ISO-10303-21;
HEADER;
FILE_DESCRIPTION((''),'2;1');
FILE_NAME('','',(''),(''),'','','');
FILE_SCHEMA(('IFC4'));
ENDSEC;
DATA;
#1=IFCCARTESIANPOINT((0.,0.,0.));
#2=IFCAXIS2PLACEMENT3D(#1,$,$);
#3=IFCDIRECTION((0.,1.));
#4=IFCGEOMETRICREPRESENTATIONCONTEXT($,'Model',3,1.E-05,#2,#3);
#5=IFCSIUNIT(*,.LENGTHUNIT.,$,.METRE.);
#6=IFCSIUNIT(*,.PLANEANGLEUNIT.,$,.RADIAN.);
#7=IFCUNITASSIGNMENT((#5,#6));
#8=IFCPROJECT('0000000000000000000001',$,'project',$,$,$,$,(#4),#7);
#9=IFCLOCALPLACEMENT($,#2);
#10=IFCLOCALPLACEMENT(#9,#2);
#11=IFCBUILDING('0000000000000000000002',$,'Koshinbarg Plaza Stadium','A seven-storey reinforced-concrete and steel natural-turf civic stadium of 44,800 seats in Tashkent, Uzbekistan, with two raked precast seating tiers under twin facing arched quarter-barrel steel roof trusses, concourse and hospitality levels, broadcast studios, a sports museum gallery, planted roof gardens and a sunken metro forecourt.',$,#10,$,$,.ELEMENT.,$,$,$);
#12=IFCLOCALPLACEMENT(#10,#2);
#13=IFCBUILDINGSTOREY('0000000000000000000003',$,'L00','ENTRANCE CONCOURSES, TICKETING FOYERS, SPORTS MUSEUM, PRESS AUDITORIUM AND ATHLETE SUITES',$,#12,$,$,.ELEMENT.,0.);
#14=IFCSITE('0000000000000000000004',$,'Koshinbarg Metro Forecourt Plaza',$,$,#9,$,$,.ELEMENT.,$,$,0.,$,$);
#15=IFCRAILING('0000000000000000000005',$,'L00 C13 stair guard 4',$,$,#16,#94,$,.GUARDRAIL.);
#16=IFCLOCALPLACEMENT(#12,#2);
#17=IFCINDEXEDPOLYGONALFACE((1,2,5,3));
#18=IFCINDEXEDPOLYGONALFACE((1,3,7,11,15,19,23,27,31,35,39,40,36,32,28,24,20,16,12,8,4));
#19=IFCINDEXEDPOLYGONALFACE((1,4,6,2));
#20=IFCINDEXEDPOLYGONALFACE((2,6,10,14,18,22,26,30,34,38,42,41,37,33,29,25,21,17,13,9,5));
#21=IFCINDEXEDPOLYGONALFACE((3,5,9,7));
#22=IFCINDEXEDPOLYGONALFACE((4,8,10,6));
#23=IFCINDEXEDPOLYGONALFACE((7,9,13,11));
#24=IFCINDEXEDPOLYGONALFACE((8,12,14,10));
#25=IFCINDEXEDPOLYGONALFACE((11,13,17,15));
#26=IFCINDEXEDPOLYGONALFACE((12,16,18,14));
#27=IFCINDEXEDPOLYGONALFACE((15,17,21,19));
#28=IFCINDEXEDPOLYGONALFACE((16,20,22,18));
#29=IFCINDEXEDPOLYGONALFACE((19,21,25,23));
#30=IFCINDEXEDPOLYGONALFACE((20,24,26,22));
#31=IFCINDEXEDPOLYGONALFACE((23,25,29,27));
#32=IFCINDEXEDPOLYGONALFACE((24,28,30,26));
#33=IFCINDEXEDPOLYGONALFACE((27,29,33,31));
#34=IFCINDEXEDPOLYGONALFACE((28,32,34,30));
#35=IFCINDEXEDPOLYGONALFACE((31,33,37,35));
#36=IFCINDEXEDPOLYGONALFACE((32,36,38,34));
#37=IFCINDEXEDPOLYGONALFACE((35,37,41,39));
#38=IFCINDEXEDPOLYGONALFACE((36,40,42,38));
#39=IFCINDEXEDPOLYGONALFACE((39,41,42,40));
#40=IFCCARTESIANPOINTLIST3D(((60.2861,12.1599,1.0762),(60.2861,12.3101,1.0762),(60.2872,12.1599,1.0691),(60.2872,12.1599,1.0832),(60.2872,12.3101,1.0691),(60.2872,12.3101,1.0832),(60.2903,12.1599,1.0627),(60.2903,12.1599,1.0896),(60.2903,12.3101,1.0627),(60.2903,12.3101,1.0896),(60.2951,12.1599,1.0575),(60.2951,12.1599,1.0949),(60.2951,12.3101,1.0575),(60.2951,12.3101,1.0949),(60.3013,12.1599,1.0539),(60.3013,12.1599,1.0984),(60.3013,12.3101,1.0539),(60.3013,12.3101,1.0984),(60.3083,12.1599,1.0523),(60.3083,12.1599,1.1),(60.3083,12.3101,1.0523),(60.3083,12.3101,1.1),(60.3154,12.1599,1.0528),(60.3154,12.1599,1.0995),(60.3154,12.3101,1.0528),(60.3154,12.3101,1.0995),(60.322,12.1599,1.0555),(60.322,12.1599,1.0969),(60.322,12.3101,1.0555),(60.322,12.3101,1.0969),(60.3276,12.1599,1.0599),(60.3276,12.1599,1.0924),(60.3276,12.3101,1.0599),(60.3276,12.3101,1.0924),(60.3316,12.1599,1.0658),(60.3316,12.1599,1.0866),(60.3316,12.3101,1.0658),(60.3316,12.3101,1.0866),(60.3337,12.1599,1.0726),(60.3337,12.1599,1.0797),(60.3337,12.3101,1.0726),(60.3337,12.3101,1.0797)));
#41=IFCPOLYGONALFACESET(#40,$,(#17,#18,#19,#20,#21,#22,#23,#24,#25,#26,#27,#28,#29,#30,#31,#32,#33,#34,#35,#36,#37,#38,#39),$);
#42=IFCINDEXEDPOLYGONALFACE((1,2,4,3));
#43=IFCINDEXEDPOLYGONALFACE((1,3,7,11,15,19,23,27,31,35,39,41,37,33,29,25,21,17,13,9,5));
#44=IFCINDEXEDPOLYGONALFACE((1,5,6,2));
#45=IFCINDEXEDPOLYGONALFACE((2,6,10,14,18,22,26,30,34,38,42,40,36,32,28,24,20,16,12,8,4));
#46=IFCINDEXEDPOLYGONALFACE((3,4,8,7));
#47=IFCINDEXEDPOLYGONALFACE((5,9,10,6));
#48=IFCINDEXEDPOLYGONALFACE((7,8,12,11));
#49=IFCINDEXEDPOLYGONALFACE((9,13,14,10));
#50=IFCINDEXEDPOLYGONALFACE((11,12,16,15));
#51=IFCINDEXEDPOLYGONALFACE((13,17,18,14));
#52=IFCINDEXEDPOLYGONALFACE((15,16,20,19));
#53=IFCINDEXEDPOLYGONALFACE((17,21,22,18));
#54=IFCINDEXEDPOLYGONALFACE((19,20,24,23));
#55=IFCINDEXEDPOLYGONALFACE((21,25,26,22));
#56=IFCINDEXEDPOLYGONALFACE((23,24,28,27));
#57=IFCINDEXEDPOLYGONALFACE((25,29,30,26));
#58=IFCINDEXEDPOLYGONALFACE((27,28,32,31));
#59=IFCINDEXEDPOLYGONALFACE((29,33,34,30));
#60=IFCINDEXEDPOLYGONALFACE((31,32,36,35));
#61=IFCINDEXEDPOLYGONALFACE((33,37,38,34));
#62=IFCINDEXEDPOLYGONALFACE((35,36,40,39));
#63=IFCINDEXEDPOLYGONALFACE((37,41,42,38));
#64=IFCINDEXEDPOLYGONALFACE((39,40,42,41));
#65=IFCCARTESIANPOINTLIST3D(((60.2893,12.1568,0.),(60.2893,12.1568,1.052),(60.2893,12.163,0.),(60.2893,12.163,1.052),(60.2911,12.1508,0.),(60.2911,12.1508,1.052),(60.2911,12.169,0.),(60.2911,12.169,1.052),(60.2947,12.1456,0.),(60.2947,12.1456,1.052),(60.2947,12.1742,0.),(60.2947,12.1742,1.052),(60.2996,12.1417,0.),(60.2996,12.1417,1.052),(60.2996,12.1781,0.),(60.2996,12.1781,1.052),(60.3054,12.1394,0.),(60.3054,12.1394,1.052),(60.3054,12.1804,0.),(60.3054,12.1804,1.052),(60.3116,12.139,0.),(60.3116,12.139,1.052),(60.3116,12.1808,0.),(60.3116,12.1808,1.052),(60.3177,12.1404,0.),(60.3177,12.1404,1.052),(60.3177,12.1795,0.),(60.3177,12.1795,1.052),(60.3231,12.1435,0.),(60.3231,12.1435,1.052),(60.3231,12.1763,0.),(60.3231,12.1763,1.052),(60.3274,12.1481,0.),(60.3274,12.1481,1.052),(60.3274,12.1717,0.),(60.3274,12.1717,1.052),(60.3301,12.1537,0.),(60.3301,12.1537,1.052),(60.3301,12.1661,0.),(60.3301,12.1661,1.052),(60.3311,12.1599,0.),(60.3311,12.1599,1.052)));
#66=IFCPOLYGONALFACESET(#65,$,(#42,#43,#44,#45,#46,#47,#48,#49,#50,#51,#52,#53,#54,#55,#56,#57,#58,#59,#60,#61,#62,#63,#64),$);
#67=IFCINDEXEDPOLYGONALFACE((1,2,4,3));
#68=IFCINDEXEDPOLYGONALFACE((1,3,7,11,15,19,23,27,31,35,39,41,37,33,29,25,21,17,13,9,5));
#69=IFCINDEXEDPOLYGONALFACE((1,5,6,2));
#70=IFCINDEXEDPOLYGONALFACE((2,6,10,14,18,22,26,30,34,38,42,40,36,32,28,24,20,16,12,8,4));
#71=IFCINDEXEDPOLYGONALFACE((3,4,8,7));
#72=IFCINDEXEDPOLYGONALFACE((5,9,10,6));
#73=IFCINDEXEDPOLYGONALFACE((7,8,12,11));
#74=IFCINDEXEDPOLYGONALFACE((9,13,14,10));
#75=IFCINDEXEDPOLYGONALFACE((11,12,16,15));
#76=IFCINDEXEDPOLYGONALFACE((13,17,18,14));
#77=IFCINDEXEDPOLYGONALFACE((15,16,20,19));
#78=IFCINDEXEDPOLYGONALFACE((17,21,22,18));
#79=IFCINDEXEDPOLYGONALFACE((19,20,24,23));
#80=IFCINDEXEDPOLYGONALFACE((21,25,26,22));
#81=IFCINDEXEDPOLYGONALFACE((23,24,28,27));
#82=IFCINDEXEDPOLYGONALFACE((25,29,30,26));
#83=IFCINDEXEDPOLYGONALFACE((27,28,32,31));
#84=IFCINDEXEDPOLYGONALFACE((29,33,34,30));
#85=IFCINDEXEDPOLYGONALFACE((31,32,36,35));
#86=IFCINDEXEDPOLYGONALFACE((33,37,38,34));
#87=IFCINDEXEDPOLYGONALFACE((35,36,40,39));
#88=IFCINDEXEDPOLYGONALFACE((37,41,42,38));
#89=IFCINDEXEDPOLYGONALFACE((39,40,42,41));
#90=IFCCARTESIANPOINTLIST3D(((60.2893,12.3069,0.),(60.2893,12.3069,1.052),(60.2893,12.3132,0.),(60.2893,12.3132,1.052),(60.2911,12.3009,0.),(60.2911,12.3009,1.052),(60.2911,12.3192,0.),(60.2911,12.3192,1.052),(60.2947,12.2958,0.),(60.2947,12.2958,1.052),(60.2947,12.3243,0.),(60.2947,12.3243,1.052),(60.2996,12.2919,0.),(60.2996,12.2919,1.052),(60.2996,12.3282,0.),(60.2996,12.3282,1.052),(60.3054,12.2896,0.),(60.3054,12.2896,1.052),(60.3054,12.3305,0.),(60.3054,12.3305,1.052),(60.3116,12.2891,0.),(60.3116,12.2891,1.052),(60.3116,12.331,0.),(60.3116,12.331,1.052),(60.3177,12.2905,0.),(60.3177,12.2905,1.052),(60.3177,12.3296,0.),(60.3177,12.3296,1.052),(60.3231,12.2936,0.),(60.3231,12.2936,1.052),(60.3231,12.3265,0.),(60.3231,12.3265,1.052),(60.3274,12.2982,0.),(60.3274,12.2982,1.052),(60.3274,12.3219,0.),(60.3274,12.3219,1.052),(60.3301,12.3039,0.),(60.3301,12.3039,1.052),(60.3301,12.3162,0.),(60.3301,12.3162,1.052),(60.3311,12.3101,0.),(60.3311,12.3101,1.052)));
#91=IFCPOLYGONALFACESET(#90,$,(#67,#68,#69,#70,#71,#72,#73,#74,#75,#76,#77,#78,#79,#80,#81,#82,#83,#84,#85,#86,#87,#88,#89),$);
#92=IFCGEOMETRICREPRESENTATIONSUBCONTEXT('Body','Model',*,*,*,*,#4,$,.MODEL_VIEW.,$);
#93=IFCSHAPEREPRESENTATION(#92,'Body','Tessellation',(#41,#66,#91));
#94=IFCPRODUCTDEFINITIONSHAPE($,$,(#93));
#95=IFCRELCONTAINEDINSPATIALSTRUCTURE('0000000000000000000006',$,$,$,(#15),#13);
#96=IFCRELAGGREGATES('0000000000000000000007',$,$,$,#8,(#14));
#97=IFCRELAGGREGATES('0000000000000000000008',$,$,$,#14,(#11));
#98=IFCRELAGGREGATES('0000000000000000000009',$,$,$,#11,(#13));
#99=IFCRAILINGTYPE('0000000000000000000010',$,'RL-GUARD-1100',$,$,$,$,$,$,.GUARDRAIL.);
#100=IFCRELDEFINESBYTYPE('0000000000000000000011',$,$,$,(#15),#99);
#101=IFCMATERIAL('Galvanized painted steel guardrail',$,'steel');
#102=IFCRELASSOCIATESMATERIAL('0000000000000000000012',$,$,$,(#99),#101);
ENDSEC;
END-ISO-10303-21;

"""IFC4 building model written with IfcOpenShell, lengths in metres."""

from ifc_helpers import new_model, si_unit, direction, frame, origin, origin_2d, place, context, subcontext, project, spatial, circle, extrude, material, type_object, element, save


model = new_model("IFC4")

# Units and contexts
model_context = context("Model", 3, precision=1e-05, world=origin(), true_north=direction((0.0, 1.0)))
body_context = subcontext(model_context, "Body", "Model", "MODEL_VIEW")
ifc_project = project(units=[si_unit("LENGTHUNIT", "METRE"), si_unit("PLANEANGLEUNIT", "RADIAN")], contexts=[model_context])

# Site, building, storey
site_placement = place(None, origin())
site = spatial("IfcSite", under=ifc_project, at=site_placement, Name="Koshinbarg Metro Forecourt Plaza", CompositionType="ELEMENT", RefElevation=0.0)
building_placement = place(site_placement, origin())
building = spatial("IfcBuilding", under=site, at=building_placement, Name="Koshinbarg Plaza Stadium", Description="A seven-storey reinforced-concrete and steel natural-turf civic stadium of 44,800 seats in Tashkent, Uzbekistan, with two raked precast seating tiers under twin facing arched quarter-barrel steel roof trusses, concourse and hospitality levels, broadcast studios, a sports museum gallery, planted roof gardens and a sunken metro forecourt.", CompositionType="ELEMENT")
storey_placement = place(building_placement, origin())
storey = spatial("IfcBuildingStorey", under=building, at=storey_placement, Name="L00", Description="ENTRANCE CONCOURSES, TICKETING FOYERS, SPORTS MUSEUM, PRESS AUDITORIUM AND ATHLETE SUITES", CompositionType="ELEMENT", Elevation=0.0)

# Railing
ifc_material_1 = material(Name="Galvanized painted steel guardrail", Category="steel")
railing_type_1 = type_object("IfcRailingType", Name="RL-GUARD-1100", PredefinedType="GUARDRAIL", material=ifc_material_1)
railing_1_placement = place(storey_placement, frame((60.3101, 12.1599, 0.0)))
element("IfcRailing", 1, at=railing_1_placement, inside=storey, type_object=railing_type_1, Name="L00 C13 stair guard 4", PredefinedType="GUARDRAIL", context=body_context, shape_type="SweptSolid", body=[
    extrude(circle(Radius=0.0239, at=origin_2d()), frame((0.0, 0.0, 1.0762), z_axis=(0.0, 1.0, 0.0), x_axis=(-1.0, 0.0, 0.0)), (0.0, 0.0, 1.0), 0.1501),
    extrude(circle(Radius=0.021, at=origin_2d()), origin(), (0.0, 0.0, 1.0), 1.052),
    extrude(circle(Radius=0.021, at=origin_2d()), frame((0.0, 0.1501, 0.0)), (0.0, 0.0, 1.0), 1.052),
])

save(model, "model.ifc")
